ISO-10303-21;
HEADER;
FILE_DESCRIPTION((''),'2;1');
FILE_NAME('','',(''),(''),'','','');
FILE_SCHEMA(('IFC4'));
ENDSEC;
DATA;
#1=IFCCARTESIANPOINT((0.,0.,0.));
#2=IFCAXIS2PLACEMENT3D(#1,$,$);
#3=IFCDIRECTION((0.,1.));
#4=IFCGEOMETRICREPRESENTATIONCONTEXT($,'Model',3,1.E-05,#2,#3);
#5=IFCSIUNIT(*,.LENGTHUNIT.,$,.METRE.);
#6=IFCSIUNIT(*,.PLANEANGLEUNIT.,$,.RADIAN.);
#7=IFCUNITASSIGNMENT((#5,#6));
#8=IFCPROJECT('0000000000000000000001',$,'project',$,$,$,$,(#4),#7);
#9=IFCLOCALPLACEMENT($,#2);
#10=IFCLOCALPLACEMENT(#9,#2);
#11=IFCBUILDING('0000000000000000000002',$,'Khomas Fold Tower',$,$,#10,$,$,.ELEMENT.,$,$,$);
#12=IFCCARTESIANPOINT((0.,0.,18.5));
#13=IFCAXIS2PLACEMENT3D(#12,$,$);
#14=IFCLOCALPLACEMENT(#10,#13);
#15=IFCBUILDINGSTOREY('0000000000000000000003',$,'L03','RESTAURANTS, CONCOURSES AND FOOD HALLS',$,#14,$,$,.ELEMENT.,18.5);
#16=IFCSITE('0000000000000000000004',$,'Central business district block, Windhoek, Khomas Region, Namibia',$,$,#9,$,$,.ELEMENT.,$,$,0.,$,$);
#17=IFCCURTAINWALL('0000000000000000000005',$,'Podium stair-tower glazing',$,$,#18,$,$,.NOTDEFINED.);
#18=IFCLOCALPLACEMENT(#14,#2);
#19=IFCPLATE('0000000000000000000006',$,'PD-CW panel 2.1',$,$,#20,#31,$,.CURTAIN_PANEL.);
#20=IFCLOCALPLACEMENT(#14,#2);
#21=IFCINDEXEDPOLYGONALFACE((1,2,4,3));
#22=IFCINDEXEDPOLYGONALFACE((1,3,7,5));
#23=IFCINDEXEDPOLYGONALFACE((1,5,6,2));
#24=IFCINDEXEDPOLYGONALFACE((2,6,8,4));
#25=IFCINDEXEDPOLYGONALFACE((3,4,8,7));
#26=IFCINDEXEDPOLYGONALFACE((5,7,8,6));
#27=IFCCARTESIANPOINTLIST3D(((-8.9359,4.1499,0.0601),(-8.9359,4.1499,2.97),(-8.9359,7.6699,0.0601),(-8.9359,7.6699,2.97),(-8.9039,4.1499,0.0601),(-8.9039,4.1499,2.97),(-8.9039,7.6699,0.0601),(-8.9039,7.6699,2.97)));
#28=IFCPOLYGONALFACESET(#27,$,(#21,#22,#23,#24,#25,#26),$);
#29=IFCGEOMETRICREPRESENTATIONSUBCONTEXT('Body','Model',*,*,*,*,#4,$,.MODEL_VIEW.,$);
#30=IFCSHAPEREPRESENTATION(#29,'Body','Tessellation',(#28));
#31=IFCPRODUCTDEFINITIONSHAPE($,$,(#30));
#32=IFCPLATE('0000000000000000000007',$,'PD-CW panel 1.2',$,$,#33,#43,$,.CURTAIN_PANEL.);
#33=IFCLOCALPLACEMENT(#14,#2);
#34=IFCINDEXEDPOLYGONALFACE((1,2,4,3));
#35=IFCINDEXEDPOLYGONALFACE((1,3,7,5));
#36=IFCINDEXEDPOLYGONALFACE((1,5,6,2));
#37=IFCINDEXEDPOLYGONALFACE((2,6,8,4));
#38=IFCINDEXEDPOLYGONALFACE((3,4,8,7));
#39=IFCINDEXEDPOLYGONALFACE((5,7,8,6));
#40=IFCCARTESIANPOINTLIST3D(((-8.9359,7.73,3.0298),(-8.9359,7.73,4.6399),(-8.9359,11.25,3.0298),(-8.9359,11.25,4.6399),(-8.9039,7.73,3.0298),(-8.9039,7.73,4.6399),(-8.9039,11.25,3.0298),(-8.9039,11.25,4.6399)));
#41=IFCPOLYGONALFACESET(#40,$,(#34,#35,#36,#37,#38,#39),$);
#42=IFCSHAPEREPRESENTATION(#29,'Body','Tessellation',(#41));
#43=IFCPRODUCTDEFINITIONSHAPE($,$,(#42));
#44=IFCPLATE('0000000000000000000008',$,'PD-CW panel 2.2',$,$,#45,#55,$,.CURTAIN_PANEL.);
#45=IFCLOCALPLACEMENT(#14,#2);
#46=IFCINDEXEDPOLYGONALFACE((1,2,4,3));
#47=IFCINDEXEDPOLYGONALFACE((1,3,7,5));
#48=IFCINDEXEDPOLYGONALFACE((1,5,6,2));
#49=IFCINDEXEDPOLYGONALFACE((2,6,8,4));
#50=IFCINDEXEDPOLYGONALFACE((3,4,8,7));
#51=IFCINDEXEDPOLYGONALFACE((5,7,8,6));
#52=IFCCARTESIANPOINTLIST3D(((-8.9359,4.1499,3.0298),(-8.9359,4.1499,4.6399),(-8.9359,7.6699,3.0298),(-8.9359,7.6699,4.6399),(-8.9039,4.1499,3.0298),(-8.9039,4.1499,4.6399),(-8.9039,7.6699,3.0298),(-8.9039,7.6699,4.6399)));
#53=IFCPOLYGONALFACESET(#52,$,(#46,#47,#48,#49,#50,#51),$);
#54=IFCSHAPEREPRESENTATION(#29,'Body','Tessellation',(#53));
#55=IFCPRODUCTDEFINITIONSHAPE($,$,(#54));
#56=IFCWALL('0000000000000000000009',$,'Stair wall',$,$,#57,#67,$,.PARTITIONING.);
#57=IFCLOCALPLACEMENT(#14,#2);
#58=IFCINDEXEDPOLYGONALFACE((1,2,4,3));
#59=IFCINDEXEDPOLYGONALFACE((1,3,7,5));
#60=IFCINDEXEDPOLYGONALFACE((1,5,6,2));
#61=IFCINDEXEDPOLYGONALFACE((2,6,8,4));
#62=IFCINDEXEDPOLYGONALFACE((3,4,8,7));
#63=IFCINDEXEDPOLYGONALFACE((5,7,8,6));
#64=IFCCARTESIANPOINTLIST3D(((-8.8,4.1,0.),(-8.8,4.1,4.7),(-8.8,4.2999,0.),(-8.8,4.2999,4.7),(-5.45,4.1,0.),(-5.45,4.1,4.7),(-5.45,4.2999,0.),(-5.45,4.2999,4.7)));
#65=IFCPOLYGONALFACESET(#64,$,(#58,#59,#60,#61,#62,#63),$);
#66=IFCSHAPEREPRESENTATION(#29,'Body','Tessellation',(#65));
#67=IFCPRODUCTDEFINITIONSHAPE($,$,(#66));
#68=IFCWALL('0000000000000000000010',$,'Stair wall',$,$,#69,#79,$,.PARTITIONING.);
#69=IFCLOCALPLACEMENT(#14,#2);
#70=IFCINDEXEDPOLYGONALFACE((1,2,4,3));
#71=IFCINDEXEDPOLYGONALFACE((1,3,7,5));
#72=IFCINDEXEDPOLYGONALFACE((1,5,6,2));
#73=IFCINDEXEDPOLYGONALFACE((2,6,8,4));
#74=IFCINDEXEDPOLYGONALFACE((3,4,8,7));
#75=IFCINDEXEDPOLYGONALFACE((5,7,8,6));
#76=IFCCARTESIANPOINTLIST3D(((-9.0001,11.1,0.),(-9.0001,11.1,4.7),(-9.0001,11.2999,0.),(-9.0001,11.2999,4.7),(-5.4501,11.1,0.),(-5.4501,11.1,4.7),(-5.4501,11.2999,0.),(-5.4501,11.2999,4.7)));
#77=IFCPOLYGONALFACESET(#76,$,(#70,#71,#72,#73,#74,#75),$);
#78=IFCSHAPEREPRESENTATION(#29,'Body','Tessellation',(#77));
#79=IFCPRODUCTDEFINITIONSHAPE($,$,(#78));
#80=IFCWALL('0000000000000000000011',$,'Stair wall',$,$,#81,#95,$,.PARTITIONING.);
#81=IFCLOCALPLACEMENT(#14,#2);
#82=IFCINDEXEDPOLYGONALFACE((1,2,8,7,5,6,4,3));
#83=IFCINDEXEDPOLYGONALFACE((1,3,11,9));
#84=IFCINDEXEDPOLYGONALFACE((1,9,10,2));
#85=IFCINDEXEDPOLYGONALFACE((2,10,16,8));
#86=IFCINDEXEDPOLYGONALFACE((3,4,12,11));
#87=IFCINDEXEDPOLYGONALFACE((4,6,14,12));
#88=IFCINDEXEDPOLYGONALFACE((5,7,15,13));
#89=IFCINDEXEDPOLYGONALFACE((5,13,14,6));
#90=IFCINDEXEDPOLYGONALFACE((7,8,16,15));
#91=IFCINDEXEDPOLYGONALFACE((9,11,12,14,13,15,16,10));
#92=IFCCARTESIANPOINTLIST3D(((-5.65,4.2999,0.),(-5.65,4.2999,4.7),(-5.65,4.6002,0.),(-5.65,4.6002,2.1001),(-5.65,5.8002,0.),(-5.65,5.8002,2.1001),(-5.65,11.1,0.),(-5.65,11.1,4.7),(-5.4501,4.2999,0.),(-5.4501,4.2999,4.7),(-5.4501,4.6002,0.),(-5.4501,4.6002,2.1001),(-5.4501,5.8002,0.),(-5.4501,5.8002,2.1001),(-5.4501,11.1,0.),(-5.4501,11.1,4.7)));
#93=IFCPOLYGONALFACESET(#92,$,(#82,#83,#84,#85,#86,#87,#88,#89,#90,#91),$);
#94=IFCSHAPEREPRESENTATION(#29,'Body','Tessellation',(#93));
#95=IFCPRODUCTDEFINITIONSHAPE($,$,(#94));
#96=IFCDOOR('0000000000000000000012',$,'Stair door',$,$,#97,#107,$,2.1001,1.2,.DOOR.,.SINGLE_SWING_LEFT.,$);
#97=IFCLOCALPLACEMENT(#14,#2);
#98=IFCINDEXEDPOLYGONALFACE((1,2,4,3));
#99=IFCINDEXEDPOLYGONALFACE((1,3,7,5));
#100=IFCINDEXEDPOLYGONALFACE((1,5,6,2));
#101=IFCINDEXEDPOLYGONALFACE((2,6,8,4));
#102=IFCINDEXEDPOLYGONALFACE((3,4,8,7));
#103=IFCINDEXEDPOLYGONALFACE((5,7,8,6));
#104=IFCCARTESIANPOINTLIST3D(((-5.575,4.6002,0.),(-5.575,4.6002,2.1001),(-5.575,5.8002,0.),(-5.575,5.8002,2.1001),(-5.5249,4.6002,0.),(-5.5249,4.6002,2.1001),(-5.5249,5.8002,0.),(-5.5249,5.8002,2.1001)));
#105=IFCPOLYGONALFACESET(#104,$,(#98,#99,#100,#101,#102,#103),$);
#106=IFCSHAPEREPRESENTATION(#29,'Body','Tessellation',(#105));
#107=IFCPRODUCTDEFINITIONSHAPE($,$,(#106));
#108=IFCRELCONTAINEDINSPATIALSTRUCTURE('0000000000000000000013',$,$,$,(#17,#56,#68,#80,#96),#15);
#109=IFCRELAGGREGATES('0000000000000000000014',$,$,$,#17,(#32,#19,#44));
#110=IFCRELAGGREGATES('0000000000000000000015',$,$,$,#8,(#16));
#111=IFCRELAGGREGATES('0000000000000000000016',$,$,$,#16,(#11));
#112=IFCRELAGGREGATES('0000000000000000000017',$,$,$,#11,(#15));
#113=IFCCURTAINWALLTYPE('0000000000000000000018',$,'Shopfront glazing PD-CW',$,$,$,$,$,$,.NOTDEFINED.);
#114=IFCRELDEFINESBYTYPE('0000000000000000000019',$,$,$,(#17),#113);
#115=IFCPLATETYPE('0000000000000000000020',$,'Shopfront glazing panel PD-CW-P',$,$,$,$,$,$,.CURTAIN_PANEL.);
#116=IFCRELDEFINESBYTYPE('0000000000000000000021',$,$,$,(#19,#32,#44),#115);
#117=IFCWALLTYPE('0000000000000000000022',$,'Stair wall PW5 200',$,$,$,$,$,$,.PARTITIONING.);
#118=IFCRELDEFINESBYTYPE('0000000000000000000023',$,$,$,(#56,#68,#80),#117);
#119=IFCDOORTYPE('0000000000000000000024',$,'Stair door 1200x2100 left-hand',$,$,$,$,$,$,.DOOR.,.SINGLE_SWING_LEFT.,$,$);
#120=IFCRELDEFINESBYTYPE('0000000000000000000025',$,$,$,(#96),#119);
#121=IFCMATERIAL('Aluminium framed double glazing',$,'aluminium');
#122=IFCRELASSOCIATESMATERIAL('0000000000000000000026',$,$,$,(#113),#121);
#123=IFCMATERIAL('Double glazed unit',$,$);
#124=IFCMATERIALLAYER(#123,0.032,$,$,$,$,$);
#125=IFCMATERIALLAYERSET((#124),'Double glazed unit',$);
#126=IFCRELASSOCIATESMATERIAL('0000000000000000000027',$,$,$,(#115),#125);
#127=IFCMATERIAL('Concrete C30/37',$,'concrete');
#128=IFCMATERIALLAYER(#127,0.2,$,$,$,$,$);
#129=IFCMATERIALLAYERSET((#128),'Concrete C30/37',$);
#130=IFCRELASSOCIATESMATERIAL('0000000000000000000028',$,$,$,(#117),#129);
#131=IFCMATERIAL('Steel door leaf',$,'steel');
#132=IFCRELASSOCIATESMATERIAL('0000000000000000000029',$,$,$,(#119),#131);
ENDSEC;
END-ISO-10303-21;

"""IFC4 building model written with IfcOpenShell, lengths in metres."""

from ifc_helpers import new_model, si_unit, direction, frame, frame_2d, origin, origin_2d, place, context, subcontext, project, spatial, rectangle, extrude, source, transform, mapped, material, layer, layer_set, type_object, element, fill, aggregate, save


model = new_model("IFC4")

# Units and contexts
model_context = context("Model", 3, precision=1e-05, world=origin(), true_north=direction((0.0, 1.0)))
body_context = subcontext(model_context, "Body", "Model", "MODEL_VIEW")
ifc_project = project(units=[si_unit("LENGTHUNIT", "METRE"), si_unit("PLANEANGLEUNIT", "RADIAN")], contexts=[model_context])

# Site, building, storey
site_placement = place(None, origin())
site = spatial("IfcSite", under=ifc_project, at=site_placement, Name="Central business district block, Windhoek, Khomas Region, Namibia", CompositionType="ELEMENT", RefElevation=0.0)
building_placement = place(site_placement, origin())
building = spatial("IfcBuilding", under=site, at=building_placement, Name="Khomas Fold Tower", CompositionType="ELEMENT")
storey_placement = place(building_placement, frame((0.0, 0.0, 18.5)))
storey = spatial("IfcBuildingStorey", under=building, at=storey_placement, Name="L03", Description="RESTAURANTS, CONCOURSES AND FOOD HALLS", CompositionType="ELEMENT", Elevation=18.5)

# Curtain wall
ifc_material_1 = material(Name="Aluminium framed double glazing", Category="aluminium")
curtain_wall_type = type_object("IfcCurtainWallType", Name="Shopfront glazing PD-CW", PredefinedType="NOTDEFINED", material=ifc_material_1)
curtain_wall_1_placement = place(storey_placement, origin())
curtain_wall_1 = element("IfcCurtainWall", 1, at=curtain_wall_1_placement, inside=storey, type_object=curtain_wall_type, Name="Podium stair-tower glazing", PredefinedType="NOTDEFINED")

# Plates
ifc_material_2 = material(Name="Double glazed unit")
ifc_layer_1 = layer(ifc_material_2, 0.032)
ifc_layer_set_1 = layer_set([ifc_layer_1], Name="Double glazed unit")
plate_type = type_object("IfcPlateType", Name="Shopfront glazing panel PD-CW-P", PredefinedType="CURTAIN_PANEL", material=ifc_layer_set_1)
shared_shape_1 = source(origin(), body_context, "Body", "SweptSolid", [
    extrude(rectangle(XDim=3.52, YDim=0.032, at=origin_2d()), origin(), (0.0, 0.0, 1.0), 2.9099),
])
plate_1_placement = place(storey_placement, frame((-8.9199, 5.9099, 0.0601), z_axis=(0.0, 0.0, 1.0), x_axis=(0.0, -1.0, 0.0)))
plate_1 = element("IfcPlate", 2, at=plate_1_placement, type_object=plate_type, Name="PD-CW panel 2.1", PredefinedType="CURTAIN_PANEL", context=body_context, shape_type="MappedRepresentation", body=[
    mapped(shared_shape_1, transform((0.0, 0.0, 0.0))),
])
shared_shape_2 = source(origin(), body_context, "Body", "SweptSolid", [
    extrude(rectangle(XDim=3.52, YDim=0.032, at=origin_2d()), origin(), (0.0, 0.0, 1.0), 1.6101),
])
plate_2_placement = place(storey_placement, frame((-8.9199, 9.49, 3.0298), z_axis=(0.0, 0.0, 1.0), x_axis=(0.0, -1.0, 0.0)))
plate_2 = element("IfcPlate", 3, at=plate_2_placement, type_object=plate_type, Name="PD-CW panel 1.2", PredefinedType="CURTAIN_PANEL", context=body_context, shape_type="MappedRepresentation", body=[
    mapped(shared_shape_2, transform((0.0, 0.0, 0.0))),
])
plate_3_placement = place(storey_placement, frame((-8.9199, 5.9099, 3.0298), z_axis=(0.0, 0.0, 1.0), x_axis=(0.0, -1.0, 0.0)))
plate_3 = element("IfcPlate", 4, at=plate_3_placement, type_object=plate_type, Name="PD-CW panel 2.2", PredefinedType="CURTAIN_PANEL", context=body_context, shape_type="MappedRepresentation", body=[
    mapped(shared_shape_2, transform((0.0, 0.0, 0.0))),
])
aggregate(curtain_wall_1, [plate_2, plate_1, plate_3])

# Walls
ifc_material_3 = material(Name="Concrete C30/37", Category="concrete")
ifc_layer_2 = layer(ifc_material_3, 0.2)
ifc_layer_set_2 = layer_set([ifc_layer_2], Name="Concrete C30/37")
wall_type = type_object("IfcWallType", Name="Stair wall PW5 200", PredefinedType="PARTITIONING", material=ifc_layer_set_2)
shared_shape_3 = source(origin(), body_context, "Body", "SweptSolid", [
    extrude(rectangle(XDim=3.3501, YDim=0.2, at=frame_2d((1.675, 0.0))), origin(), (0.0, 0.0, 1.0), 4.7),
])
wall_1_placement = place(storey_placement, frame((-8.8, 4.2, 0.0), z_axis=(0.0, 0.0, 1.0), x_axis=(1.0, 0.0, 0.0)))
element("IfcWall", 5, at=wall_1_placement, inside=storey, type_object=wall_type, Name="Stair wall", PredefinedType="PARTITIONING", context=body_context, shape_type="MappedRepresentation", body=[
    mapped(shared_shape_3, transform((0.0, 0.0, 0.0))),
])
shared_shape_4 = source(origin(), body_context, "Body", "SweptSolid", [
    extrude(rectangle(XDim=3.55, YDim=0.2, at=frame_2d((1.7749, 0.0))), origin(), (0.0, 0.0, 1.0), 4.7),
])
wall_2_placement = place(storey_placement, frame((-9.0, 11.2, 0.0), z_axis=(0.0, 0.0, 1.0), x_axis=(1.0, 0.0, 0.0)))
element("IfcWall", 6, at=wall_2_placement, inside=storey, type_object=wall_type, Name="Stair wall", PredefinedType="PARTITIONING", context=body_context, shape_type="MappedRepresentation", body=[
    mapped(shared_shape_4, transform((0.0, 0.0, 0.0))),
])

# Wall, opening, door
shared_shape_5 = source(origin(), body_context, "Body", "SweptSolid", [
    extrude(rectangle(XDim=6.8, YDim=0.2, at=frame_2d((3.3999, 0.0))), origin(), (0.0, 0.0, 1.0), 4.7),
])
wall_3_placement = place(storey_placement, frame((-5.55, 4.3, 0.0), z_axis=(0.0, 0.0, 1.0), x_axis=(0.0, 1.0, 0.0)))
wall_3 = element("IfcWall", 7, at=wall_3_placement, inside=storey, type_object=wall_type, Name="Stair wall", PredefinedType="PARTITIONING", context=body_context, shape_type="MappedRepresentation", body=[
    mapped(shared_shape_5, transform((0.0, 0.0, 0.0))),
])
shared_shape_6 = source(origin(), body_context, "Body", "SweptSolid", [
    extrude(rectangle(XDim=1.2, YDim=2.1001, at=frame_2d((0.6001, 1.05))), frame((0.0, 0.1099, 0.0), z_axis=(0.0, -1.0, 0.0), x_axis=(1.0, 0.0, 0.0)), (0.0, 0.0, 1.0), 0.22),
])
opening_placement = place(wall_3_placement, frame((0.3, 0.0, 0.0)))
opening = element("IfcOpeningElement", 8, at=opening_placement, cuts=wall_3, PredefinedType="OPENING", context=body_context, shape_type="MappedRepresentation", body=[
    mapped(shared_shape_6, transform((0.0, 0.0, 0.0))),
])
ifc_material_4 = material(Name="Steel door leaf", Category="steel")
door_type = type_object("IfcDoorType", Name="Stair door 1200x2100 left-hand", OperationType="SINGLE_SWING_LEFT", PredefinedType="DOOR", material=ifc_material_4)
shared_shape_7 = source(origin(), body_context, "Body", "SweptSolid", [
    extrude(rectangle(XDim=1.2, YDim=2.1001, at=frame_2d((0.6001, 1.05))), frame((0.0, 0.0249, 0.0), z_axis=(0.0, -1.0, 0.0), x_axis=(1.0, 0.0, 0.0)), (0.0, 0.0, 1.0), 0.05),
])
door_placement = place(opening_placement, origin())
door = element("IfcDoor", 9, at=door_placement, inside=storey, type_object=door_type, Name="Stair door", OperationType="SINGLE_SWING_LEFT", OverallHeight=2.1001, OverallWidth=1.2, PredefinedType="DOOR", context=body_context, shape_type="MappedRepresentation", body=[
    mapped(shared_shape_7, transform((0.0, 0.0, 0.0))),
])
fill(opening, door)

save(model, "model.ifc")
